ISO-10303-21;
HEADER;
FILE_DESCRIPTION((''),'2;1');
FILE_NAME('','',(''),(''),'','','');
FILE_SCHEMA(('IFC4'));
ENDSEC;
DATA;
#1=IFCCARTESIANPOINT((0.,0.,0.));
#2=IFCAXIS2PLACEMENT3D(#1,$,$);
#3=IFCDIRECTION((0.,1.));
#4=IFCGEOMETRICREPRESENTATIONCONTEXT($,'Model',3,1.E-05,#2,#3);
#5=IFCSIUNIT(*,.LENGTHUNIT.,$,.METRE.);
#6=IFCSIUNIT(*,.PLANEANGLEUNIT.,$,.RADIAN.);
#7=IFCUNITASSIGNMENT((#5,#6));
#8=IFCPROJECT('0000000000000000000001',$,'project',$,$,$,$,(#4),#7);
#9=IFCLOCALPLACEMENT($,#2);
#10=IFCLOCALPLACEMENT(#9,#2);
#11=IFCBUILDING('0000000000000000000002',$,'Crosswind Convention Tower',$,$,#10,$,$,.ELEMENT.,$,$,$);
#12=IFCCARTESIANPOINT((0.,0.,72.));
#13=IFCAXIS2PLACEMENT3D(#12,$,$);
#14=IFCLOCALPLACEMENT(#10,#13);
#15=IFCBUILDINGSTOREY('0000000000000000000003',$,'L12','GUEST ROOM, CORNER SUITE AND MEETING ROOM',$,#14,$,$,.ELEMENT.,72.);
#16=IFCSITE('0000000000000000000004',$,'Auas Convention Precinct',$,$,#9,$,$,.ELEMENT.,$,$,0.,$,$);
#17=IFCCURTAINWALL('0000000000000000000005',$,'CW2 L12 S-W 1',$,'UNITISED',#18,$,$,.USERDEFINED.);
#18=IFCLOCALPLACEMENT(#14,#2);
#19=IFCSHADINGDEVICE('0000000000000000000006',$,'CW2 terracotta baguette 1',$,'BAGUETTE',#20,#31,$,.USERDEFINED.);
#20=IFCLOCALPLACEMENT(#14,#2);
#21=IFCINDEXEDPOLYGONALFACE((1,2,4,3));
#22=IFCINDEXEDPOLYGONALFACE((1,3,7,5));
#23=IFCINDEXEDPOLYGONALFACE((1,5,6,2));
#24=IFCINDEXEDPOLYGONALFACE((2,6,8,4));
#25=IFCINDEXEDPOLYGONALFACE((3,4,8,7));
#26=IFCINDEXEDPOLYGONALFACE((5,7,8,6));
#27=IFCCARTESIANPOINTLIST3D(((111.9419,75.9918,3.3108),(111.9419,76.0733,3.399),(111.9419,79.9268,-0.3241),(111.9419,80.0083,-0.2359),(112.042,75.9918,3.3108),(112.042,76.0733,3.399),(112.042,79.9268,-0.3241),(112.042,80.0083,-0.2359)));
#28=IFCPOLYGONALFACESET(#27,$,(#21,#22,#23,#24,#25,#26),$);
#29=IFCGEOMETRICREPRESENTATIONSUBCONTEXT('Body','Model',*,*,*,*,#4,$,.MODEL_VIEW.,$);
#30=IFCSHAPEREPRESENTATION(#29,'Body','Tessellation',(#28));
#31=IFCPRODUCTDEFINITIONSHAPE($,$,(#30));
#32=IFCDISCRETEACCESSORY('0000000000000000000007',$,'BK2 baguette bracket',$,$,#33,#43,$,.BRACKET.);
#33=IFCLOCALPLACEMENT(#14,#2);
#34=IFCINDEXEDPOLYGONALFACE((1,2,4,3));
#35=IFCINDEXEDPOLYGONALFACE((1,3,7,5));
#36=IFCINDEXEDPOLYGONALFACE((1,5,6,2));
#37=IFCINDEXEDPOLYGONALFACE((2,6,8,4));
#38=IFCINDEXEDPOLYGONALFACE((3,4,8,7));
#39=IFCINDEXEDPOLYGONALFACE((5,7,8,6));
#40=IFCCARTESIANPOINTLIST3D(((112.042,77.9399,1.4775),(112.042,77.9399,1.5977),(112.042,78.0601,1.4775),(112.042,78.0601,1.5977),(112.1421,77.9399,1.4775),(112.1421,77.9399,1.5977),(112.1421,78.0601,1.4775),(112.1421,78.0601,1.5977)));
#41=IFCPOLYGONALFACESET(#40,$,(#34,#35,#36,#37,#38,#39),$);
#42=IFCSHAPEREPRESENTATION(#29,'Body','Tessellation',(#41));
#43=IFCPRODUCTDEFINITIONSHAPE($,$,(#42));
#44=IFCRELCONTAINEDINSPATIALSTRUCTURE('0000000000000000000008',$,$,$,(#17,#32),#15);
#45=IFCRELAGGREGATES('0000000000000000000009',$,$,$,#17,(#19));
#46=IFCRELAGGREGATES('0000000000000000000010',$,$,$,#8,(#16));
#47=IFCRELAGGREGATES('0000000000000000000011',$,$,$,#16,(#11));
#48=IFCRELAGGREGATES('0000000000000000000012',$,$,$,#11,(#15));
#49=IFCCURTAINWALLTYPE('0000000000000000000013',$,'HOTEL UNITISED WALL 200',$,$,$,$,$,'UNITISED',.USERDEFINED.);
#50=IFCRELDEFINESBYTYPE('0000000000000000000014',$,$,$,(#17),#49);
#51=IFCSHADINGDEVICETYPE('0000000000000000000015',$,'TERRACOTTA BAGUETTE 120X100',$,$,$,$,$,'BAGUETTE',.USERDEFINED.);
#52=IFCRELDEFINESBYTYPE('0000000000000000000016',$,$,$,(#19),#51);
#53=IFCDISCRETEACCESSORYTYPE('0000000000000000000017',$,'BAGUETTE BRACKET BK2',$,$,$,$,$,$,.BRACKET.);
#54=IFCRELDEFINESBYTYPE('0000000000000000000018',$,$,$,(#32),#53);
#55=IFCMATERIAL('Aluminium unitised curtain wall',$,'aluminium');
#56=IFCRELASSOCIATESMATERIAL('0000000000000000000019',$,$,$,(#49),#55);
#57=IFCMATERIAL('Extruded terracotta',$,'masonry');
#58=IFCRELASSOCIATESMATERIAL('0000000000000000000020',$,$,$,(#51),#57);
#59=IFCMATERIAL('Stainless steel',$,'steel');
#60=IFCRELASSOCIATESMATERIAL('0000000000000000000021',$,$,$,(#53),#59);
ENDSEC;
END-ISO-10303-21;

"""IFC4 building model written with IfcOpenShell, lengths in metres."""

from ifc_helpers import new_model, si_unit, direction, frame, origin, origin_2d, place, context, subcontext, project, spatial, rectangle, extrude, material, material_profile, profile_set, type_object, element, aggregate, save


model = new_model("IFC4")

# Units and contexts
model_context = context("Model", 3, precision=1e-05, world=origin(), true_north=direction((0.0, 1.0)))
body_context = subcontext(model_context, "Body", "Model", "MODEL_VIEW")
ifc_project = project(units=[si_unit("LENGTHUNIT", "METRE"), si_unit("PLANEANGLEUNIT", "RADIAN")], contexts=[model_context])

# Site, building, storey
site_placement = place(None, origin())
site = spatial("IfcSite", under=ifc_project, at=site_placement, Name="Auas Convention Precinct", CompositionType="ELEMENT", RefElevation=0.0)
building_placement = place(site_placement, origin())
building = spatial("IfcBuilding", under=site, at=building_placement, Name="Crosswind Convention Tower", CompositionType="ELEMENT")
storey_placement = place(building_placement, frame((0.0, 0.0, 72.0)))
storey = spatial("IfcBuildingStorey", under=building, at=storey_placement, Name="L12", Description="GUEST ROOM, CORNER SUITE AND MEETING ROOM", CompositionType="ELEMENT", Elevation=72.0)

# Shared definitions
ifc_material_1 = material(Name="Aluminium unitised curtain wall", Category="aluminium")

# Curtain wall
curtain_wall_type_1 = type_object("IfcCurtainWallType", Name="HOTEL UNITISED WALL 200", ElementType="UNITISED", PredefinedType="USERDEFINED", material=ifc_material_1)
curtain_wall_1_placement = place(storey_placement, origin())
curtain_wall_1 = element("IfcCurtainWall", 1, at=curtain_wall_1_placement, inside=storey, type_object=curtain_wall_type_1, Name="CW2 L12 S-W 1", ObjectType="UNITISED", PredefinedType="USERDEFINED")

# Shading device
ifc_material_2 = material(Name="Extruded terracotta", Category="masonry")
ifc_material_profile_1 = material_profile(ifc_material_2, rectangle(XDim=0.1001, YDim=0.1201, at=origin_2d()), Name="TC 100X120")
ifc_profile_set_1 = profile_set([ifc_material_profile_1], Name="Extruded terracotta")
shading_device_type = type_object("IfcShadingDeviceType", Name="TERRACOTTA BAGUETTE 120X100", ElementType="BAGUETTE", PredefinedType="USERDEFINED", material=ifc_profile_set_1)
shading_device_placement = place(storey_placement, frame((111.9919, 79.9675, -0.28), z_axis=(0.0, -0.734557, 0.678547), x_axis=(1.0, 0.0, 0.0)))
shading_device = element("IfcShadingDevice", 2, at=shading_device_placement, type_object=shading_device_type, Name="CW2 terracotta baguette 1", ObjectType="BAGUETTE", PredefinedType="USERDEFINED", context=body_context, shape_type="SweptSolid", body=[
    extrude(rectangle(XDim=0.1001, YDim=0.1201, at=origin_2d()), origin(), (0.0, 0.0, 1.0), 5.3569),
])
aggregate(curtain_wall_1, [shading_device])

# Discrete accessory
ifc_material_3 = material(Name="Stainless steel", Category="steel")
discrete_accessory_type = type_object("IfcDiscreteAccessoryType", Name="BAGUETTE BRACKET BK2", PredefinedType="BRACKET", material=ifc_material_3)
discrete_accessory_placement = place(storey_placement, frame((112.092, 78.0, 1.4775), z_axis=(0.0, 0.0, 1.0), x_axis=(0.0, -1.0, 0.0)))
element("IfcDiscreteAccessory", 3, at=discrete_accessory_placement, inside=storey, type_object=discrete_accessory_type, Name="BK2 baguette bracket", PredefinedType="BRACKET", context=body_context, shape_type="SweptSolid", body=[
    extrude(rectangle(XDim=0.1201, YDim=0.1001, at=origin_2d()), origin(), (0.0, 0.0, 1.0), 0.1201),
])

save(model, "model.ifc")
